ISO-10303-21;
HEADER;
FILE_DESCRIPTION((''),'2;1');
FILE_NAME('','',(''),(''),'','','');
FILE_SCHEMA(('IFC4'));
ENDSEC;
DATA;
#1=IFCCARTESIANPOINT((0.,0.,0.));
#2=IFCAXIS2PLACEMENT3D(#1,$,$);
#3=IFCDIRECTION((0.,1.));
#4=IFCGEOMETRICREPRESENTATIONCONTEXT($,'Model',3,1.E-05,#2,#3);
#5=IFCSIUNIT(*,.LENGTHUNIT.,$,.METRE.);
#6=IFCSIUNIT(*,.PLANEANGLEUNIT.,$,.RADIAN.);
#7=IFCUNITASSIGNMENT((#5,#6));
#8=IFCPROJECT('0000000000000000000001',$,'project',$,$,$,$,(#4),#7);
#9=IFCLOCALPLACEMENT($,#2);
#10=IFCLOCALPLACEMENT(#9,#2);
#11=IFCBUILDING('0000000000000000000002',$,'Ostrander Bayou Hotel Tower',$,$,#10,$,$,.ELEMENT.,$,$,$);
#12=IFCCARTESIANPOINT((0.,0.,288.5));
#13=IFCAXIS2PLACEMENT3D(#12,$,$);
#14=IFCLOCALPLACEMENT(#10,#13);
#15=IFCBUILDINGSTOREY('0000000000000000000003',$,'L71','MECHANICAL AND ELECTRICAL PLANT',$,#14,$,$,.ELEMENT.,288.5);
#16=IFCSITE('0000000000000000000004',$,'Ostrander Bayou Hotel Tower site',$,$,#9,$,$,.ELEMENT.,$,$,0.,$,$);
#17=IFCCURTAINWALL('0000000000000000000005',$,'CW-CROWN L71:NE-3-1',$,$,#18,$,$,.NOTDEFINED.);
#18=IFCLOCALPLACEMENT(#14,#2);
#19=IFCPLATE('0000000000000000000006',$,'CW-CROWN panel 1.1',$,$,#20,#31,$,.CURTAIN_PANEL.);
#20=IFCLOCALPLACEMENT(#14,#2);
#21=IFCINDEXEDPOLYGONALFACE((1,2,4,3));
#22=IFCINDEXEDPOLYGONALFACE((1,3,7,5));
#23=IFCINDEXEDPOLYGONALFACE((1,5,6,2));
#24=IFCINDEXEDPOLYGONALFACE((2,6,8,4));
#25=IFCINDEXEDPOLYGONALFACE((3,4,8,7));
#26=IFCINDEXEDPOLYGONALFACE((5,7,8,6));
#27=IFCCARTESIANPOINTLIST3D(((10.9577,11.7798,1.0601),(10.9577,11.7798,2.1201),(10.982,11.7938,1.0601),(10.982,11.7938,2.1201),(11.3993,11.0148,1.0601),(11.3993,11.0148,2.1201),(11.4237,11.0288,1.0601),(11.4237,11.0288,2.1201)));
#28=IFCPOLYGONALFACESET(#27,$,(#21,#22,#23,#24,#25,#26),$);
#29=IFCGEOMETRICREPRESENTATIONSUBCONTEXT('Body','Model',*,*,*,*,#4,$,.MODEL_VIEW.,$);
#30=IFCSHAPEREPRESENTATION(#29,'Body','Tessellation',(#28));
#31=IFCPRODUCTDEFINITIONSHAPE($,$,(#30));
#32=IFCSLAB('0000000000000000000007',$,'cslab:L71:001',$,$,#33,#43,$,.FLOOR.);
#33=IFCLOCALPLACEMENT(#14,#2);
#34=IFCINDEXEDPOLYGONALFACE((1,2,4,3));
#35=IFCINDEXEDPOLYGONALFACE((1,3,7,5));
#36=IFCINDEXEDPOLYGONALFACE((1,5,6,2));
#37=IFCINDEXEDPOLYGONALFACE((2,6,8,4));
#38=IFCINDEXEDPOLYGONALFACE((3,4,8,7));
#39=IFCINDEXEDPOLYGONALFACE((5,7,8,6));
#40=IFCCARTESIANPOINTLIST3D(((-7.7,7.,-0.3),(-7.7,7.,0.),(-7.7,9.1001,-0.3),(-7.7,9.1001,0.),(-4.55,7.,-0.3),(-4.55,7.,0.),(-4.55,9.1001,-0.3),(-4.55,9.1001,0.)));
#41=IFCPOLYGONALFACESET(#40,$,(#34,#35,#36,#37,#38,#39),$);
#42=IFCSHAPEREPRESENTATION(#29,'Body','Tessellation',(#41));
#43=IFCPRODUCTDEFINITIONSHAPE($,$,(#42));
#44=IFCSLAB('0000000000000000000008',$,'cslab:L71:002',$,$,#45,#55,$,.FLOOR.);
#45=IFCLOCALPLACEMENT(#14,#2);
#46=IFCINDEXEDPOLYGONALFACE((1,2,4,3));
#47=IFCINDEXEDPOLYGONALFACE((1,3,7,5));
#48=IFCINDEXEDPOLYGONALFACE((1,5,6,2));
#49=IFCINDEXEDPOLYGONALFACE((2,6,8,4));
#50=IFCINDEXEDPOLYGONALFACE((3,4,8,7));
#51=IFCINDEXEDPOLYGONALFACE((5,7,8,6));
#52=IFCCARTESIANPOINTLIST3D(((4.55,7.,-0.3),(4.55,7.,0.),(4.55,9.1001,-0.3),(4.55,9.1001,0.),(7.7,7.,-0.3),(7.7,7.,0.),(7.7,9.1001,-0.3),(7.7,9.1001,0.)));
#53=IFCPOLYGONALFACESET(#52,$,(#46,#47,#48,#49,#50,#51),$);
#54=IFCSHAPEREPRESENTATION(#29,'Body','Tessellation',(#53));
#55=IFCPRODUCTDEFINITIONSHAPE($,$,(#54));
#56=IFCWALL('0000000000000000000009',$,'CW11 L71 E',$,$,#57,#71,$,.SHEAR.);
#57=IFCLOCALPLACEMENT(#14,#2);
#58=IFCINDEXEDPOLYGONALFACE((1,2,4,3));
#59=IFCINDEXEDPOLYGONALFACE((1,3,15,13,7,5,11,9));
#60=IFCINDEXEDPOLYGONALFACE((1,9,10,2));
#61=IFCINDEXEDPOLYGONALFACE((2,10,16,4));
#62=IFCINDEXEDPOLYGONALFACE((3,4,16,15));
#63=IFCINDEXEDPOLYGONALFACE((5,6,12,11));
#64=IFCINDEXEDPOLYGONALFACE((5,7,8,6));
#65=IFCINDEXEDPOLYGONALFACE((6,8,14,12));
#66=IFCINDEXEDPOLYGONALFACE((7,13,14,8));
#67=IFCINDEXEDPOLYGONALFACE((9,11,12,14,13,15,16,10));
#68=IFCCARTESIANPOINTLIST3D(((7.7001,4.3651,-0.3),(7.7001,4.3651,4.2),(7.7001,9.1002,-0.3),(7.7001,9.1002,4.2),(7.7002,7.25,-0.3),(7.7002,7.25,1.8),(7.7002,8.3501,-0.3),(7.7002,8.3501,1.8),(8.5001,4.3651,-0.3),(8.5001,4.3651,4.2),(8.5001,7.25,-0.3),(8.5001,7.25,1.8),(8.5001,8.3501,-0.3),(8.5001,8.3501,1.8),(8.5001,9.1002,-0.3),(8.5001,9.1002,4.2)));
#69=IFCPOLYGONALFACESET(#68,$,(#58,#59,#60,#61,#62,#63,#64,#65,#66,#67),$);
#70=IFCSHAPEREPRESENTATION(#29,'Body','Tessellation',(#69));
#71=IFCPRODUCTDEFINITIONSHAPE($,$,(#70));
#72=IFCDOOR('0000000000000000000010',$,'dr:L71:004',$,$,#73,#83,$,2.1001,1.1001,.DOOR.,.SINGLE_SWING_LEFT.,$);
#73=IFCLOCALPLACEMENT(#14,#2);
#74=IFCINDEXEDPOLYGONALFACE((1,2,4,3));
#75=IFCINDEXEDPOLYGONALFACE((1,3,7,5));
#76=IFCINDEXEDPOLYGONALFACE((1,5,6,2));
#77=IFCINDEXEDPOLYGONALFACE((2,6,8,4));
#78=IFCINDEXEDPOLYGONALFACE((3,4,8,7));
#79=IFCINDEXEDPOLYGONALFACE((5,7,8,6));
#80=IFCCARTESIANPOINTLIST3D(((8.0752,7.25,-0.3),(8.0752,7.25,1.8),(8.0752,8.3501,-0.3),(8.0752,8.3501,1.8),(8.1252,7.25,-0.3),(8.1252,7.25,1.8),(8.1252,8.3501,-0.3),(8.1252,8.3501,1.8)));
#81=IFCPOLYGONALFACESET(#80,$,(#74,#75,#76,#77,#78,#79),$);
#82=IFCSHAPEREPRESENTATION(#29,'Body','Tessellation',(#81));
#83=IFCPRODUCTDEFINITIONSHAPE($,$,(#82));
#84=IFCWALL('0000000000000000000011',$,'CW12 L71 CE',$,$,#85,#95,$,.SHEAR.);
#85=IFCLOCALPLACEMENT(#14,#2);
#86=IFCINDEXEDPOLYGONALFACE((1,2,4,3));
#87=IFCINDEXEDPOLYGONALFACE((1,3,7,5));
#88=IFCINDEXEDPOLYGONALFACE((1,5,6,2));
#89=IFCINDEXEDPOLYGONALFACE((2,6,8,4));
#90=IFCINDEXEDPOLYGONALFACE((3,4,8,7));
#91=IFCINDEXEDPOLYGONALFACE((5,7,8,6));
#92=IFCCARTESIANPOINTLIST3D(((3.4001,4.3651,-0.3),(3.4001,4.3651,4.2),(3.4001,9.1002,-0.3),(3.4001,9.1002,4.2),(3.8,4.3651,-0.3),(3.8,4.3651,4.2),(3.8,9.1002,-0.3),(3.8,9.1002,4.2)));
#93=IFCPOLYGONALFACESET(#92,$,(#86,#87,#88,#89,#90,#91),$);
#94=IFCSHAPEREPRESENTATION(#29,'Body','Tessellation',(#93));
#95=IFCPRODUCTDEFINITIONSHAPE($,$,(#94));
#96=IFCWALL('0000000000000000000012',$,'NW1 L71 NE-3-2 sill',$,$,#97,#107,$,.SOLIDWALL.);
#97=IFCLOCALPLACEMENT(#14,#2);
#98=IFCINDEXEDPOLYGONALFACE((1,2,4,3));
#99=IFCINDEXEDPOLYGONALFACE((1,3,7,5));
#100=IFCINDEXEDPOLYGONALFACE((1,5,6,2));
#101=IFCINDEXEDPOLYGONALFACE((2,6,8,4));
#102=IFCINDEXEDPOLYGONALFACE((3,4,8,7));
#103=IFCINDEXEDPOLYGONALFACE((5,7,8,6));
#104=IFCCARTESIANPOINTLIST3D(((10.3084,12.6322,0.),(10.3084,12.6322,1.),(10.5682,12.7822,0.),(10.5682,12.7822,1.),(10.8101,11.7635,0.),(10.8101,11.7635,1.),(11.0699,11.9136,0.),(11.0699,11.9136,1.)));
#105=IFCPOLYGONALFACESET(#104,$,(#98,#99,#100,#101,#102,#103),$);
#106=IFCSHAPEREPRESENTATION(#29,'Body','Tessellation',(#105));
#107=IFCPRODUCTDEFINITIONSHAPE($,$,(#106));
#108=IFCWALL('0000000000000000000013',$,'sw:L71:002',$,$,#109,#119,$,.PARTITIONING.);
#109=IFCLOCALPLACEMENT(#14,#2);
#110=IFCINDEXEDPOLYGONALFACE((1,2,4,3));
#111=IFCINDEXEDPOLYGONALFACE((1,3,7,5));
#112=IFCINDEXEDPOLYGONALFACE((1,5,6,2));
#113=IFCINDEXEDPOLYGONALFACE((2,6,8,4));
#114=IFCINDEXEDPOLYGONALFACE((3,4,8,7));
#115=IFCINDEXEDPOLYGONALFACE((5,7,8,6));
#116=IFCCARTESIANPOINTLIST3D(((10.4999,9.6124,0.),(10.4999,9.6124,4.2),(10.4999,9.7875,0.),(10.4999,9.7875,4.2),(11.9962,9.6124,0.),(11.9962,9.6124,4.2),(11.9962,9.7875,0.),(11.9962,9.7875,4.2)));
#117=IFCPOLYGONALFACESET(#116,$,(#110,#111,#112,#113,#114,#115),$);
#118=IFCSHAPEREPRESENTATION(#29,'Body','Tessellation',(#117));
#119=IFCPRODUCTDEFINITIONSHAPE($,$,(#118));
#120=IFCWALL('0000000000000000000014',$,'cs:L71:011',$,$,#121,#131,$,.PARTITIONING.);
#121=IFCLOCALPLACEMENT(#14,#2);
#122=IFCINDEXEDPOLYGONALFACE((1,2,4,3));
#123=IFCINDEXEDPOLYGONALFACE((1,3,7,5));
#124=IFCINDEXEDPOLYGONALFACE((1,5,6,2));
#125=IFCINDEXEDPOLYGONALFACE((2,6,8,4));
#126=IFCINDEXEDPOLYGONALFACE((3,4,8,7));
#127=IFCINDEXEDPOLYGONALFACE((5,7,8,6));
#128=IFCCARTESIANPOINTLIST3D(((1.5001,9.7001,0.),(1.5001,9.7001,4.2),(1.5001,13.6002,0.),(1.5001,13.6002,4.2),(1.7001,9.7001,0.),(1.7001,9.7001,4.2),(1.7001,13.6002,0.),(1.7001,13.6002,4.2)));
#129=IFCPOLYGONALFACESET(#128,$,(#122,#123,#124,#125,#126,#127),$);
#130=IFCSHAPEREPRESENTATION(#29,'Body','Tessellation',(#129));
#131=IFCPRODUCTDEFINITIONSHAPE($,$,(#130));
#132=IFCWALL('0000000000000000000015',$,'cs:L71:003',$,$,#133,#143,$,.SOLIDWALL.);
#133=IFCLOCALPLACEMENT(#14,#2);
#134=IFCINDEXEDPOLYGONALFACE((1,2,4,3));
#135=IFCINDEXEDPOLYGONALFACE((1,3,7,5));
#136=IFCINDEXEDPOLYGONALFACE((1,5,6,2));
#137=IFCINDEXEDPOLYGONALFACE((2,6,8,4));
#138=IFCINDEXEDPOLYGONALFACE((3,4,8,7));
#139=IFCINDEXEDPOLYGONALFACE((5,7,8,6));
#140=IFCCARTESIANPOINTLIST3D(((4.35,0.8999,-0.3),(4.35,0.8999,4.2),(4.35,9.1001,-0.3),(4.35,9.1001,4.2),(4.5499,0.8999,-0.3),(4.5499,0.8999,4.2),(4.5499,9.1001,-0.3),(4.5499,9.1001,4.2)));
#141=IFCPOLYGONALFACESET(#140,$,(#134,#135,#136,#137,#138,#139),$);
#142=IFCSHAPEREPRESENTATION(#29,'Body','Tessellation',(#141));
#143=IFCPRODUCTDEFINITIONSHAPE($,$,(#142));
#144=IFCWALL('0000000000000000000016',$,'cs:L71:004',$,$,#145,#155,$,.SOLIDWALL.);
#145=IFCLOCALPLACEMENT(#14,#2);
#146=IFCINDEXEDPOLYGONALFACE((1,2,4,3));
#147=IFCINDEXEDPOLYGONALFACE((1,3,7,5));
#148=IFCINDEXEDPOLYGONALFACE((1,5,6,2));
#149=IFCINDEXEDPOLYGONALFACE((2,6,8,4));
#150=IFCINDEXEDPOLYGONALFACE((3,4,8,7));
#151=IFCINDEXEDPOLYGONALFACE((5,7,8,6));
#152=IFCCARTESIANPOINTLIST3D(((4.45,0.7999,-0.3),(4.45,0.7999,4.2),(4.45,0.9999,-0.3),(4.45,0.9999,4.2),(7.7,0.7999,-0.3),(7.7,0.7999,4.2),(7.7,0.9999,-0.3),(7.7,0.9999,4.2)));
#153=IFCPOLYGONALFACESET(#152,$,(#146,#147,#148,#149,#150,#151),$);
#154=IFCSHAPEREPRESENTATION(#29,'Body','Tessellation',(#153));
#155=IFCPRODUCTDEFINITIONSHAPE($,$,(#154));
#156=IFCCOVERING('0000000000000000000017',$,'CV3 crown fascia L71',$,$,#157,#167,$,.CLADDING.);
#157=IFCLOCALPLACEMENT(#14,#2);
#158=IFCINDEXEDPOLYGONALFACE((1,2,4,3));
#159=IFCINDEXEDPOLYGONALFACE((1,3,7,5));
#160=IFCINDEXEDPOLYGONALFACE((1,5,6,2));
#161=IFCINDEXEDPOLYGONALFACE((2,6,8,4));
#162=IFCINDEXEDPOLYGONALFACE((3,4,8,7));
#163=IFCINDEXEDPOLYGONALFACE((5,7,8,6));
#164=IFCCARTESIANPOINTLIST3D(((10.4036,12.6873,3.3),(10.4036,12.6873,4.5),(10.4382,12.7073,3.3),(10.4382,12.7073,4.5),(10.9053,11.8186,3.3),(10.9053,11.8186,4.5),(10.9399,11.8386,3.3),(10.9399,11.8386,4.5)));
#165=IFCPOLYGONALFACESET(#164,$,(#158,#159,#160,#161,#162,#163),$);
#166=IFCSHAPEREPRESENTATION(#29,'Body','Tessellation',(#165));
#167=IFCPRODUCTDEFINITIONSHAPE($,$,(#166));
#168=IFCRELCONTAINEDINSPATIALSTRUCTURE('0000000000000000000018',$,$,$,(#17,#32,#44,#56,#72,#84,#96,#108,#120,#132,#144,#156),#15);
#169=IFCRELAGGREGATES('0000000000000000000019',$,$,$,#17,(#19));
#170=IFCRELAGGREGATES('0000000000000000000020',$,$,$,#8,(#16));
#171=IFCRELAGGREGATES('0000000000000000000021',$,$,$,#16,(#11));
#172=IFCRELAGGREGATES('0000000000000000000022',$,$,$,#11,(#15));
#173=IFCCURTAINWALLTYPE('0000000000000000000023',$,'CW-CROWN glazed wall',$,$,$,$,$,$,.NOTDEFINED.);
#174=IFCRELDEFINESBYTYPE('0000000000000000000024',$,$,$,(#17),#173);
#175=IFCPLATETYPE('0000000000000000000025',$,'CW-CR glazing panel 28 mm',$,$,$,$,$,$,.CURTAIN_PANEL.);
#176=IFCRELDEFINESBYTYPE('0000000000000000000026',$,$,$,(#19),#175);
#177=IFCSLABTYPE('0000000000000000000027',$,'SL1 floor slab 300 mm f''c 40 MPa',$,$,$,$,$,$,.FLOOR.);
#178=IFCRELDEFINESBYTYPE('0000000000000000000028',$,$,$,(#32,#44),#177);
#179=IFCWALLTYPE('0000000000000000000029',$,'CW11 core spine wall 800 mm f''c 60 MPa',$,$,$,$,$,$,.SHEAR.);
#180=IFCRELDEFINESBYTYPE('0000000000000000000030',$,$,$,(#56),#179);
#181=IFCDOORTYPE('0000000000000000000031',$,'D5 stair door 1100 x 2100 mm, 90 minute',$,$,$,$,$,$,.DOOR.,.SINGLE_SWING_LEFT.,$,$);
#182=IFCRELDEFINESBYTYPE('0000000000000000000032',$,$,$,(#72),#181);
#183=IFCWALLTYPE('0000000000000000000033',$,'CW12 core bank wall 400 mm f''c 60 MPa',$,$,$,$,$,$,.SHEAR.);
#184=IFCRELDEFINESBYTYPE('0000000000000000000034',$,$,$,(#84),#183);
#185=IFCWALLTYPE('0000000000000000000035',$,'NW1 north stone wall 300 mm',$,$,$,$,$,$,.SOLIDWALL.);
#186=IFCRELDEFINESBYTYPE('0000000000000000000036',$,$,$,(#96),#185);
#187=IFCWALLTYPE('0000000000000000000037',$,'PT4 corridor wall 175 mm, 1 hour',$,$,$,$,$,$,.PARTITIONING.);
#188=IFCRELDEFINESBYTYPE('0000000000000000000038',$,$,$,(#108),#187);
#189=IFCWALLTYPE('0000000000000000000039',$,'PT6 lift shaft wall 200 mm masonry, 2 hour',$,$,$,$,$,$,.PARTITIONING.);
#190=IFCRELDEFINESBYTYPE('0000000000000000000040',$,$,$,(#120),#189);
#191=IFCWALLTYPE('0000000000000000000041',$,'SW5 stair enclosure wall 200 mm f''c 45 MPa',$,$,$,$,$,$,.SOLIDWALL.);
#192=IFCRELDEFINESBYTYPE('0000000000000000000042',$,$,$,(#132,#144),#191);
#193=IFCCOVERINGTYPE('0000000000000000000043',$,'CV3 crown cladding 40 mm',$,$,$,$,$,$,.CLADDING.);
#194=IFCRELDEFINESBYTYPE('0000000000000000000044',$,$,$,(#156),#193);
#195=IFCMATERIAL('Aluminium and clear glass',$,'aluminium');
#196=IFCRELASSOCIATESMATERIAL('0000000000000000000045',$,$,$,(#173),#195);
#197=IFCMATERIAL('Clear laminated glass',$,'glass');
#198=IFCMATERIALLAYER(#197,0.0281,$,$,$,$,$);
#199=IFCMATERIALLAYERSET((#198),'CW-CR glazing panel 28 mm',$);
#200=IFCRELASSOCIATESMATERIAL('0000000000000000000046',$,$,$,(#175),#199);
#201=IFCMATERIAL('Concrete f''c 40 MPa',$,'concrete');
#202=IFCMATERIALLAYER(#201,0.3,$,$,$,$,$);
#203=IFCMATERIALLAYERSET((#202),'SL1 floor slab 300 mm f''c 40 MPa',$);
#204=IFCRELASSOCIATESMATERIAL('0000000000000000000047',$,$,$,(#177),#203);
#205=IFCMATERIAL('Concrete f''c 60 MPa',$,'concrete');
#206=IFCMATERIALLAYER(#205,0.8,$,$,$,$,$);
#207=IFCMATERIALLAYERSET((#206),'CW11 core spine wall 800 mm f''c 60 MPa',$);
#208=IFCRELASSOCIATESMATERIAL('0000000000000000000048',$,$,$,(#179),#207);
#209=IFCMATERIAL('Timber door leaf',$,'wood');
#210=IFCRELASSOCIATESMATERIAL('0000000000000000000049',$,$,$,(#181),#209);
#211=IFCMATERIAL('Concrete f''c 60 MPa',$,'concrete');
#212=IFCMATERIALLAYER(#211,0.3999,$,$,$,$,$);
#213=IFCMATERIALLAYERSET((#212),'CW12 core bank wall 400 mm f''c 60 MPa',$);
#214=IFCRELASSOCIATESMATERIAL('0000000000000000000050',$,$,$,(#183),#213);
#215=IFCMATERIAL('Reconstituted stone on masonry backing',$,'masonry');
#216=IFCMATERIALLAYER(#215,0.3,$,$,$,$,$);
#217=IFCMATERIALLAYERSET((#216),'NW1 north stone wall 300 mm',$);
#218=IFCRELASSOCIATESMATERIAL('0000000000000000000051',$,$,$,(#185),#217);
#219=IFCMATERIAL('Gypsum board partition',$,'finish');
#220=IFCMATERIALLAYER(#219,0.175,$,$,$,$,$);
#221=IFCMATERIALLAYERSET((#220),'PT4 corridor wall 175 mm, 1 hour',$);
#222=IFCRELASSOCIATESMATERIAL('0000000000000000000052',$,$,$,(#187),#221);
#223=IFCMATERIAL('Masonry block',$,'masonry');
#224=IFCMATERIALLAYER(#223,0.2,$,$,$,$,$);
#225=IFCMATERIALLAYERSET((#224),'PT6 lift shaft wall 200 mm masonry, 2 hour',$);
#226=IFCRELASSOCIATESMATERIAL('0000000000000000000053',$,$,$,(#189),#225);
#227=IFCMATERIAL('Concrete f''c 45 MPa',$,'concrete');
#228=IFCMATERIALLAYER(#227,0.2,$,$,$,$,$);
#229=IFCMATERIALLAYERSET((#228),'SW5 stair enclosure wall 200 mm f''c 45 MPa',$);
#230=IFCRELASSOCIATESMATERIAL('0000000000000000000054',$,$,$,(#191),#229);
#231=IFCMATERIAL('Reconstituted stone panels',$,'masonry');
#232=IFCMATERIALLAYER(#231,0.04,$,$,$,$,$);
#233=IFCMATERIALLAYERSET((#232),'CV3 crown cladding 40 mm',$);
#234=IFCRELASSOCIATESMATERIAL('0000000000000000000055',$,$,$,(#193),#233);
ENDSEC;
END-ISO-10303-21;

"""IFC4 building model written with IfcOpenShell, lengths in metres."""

from ifc_helpers import new_model, si_unit, direction, frame, frame_2d, origin, origin_2d, place, context, subcontext, project, spatial, polyline, rectangle, outline, extrude, material, layer, layer_set, type_object, element, fill, aggregate, save


model = new_model("IFC4")

# Units and contexts
model_context = context("Model", 3, precision=1e-05, world=origin(), true_north=direction((0.0, 1.0)))
body_context = subcontext(model_context, "Body", "Model", "MODEL_VIEW")
ifc_project = project(units=[si_unit("LENGTHUNIT", "METRE"), si_unit("PLANEANGLEUNIT", "RADIAN")], contexts=[model_context])

# Site, building, storey
site_placement = place(None, origin())
site = spatial("IfcSite", under=ifc_project, at=site_placement, Name="Ostrander Bayou Hotel Tower site", CompositionType="ELEMENT", RefElevation=0.0)
building_placement = place(site_placement, origin())
building = spatial("IfcBuilding", under=site, at=building_placement, Name="Ostrander Bayou Hotel Tower", CompositionType="ELEMENT")
storey_placement = place(building_placement, frame((0.0, 0.0, 288.5)))
storey = spatial("IfcBuildingStorey", under=building, at=storey_placement, Name="L71", Description="MECHANICAL AND ELECTRICAL PLANT", CompositionType="ELEMENT", Elevation=288.5)

# Curtain wall
ifc_material_1 = material(Name="Aluminium and clear glass", Category="aluminium")
curtain_wall_type = type_object("IfcCurtainWallType", Name="CW-CROWN glazed wall", PredefinedType="NOTDEFINED", material=ifc_material_1)
curtain_wall_1_placement = place(storey_placement, origin())
curtain_wall_1 = element("IfcCurtainWall", 1, at=curtain_wall_1_placement, inside=storey, type_object=curtain_wall_type, Name="CW-CROWN L71:NE-3-1", PredefinedType="NOTDEFINED")

# Plate
ifc_material_2 = material(Name="Clear laminated glass", Category="glass")
ifc_layer_1 = layer(ifc_material_2, 0.0281)
ifc_layer_set_1 = layer_set([ifc_layer_1], Name="CW-CR glazing panel 28 mm")
plate_type = type_object("IfcPlateType", Name="CW-CR glazing panel 28 mm", PredefinedType="CURTAIN_PANEL", material=ifc_layer_set_1)
plate_placement = place(storey_placement, frame((11.1907, 11.4043, 1.0601), z_axis=(0.0, 0.0, 1.0), x_axis=(-0.499999, 0.866026, 0.0)))
plate = element("IfcPlate", 2, at=plate_placement, type_object=plate_type, Name="CW-CROWN panel 1.1", PredefinedType="CURTAIN_PANEL", context=body_context, shape_type="SweptSolid", body=[
    extrude(rectangle(XDim=0.8833, YDim=0.0281, at=origin_2d()), origin(), (0.0, 0.0, 1.0), 1.0601),
])
aggregate(curtain_wall_1, [plate])

# Slabs
ifc_material_3 = material(Name="Concrete f'c 40 MPa", Category="concrete")
ifc_layer_2 = layer(ifc_material_3, 0.3)
ifc_layer_set_2 = layer_set([ifc_layer_2], Name="SL1 floor slab 300 mm f'c 40 MPa")
slab_type = type_object("IfcSlabType", Name="SL1 floor slab 300 mm f'c 40 MPa", PredefinedType="FLOOR", material=ifc_layer_set_2)
slab_1_placement = place(storey_placement, frame((0.0, 0.0, -0.3)))
element("IfcSlab", 3, at=slab_1_placement, inside=storey, type_object=slab_type, Name="cslab:L71:001", PredefinedType="FLOOR", context=body_context, shape_type="SweptSolid", body=[
    extrude(outline(polyline([(-7.7, 7.0), (-7.7, 9.1001), (-4.55, 9.1001), (-4.55, 7.0), (-7.7, 7.0)])), origin(), (0.0, 0.0, 1.0), 0.3),
])
slab_2_placement = place(storey_placement, frame((0.0, 0.0, -0.3)))
element("IfcSlab", 4, at=slab_2_placement, inside=storey, type_object=slab_type, Name="cslab:L71:002", PredefinedType="FLOOR", context=body_context, shape_type="SweptSolid", body=[
    extrude(outline(polyline([(4.55, 7.0), (4.55, 9.1001), (7.7, 9.1001), (7.7, 7.0), (4.55, 7.0)])), origin(), (0.0, 0.0, 1.0), 0.3),
])

# Wall, opening, door
ifc_material_4 = material(Name="Concrete f'c 60 MPa", Category="concrete")
ifc_layer_3 = layer(ifc_material_4, 0.8)
ifc_layer_set_3 = layer_set([ifc_layer_3], Name="CW11 core spine wall 800 mm f'c 60 MPa")
wall_type_1 = type_object("IfcWallType", Name="CW11 core spine wall 800 mm f'c 60 MPa", PredefinedType="SHEAR", material=ifc_layer_set_3)
wall_1_placement = place(storey_placement, frame((8.1001, 4.365, -0.3), z_axis=(0.0, 0.0, 1.0), x_axis=(0.0, 1.0, 0.0)))
wall_1 = element("IfcWall", 5, at=wall_1_placement, inside=storey, type_object=wall_type_1, Name="CW11 L71 E", PredefinedType="SHEAR", context=body_context, shape_type="SweptSolid", body=[
    extrude(rectangle(XDim=4.7351, YDim=0.8, at=frame_2d((2.3677, 0.0))), origin(), (0.0, 0.0, 1.0), 4.5),
])
opening_1_placement = place(wall_1_placement, frame((2.885, 0.0, 0.0)))
opening_1 = element("IfcOpeningElement", 6, at=opening_1_placement, cuts=wall_1, PredefinedType="OPENING", context=body_context, shape_type="SweptSolid", body=[
    extrude(rectangle(XDim=1.1001, YDim=2.1001, at=frame_2d((0.55, 1.05))), frame((0.0, 0.3999, 0.0), z_axis=(0.0, -1.0, 0.0), x_axis=(1.0, 0.0, 0.0)), (0.0, 0.0, 1.0), 0.8),
])
ifc_material_5 = material(Name="Timber door leaf", Category="wood")
door_type_1 = type_object("IfcDoorType", Name="D5 stair door 1100 x 2100 mm, 90 minute", OperationType="SINGLE_SWING_LEFT", PredefinedType="DOOR", material=ifc_material_5)
door_1_placement = place(opening_1_placement, origin())
door_1 = element("IfcDoor", 7, at=door_1_placement, inside=storey, type_object=door_type_1, Name="dr:L71:004", OperationType="SINGLE_SWING_LEFT", OverallHeight=2.1001, OverallWidth=1.1001, PredefinedType="DOOR", context=body_context, shape_type="SweptSolid", body=[
    extrude(rectangle(XDim=1.1001, YDim=2.1001, at=frame_2d((0.55, 1.05))), frame((0.0, 0.0249, 0.0), z_axis=(0.0, -1.0, 0.0), x_axis=(1.0, 0.0, 0.0)), (0.0, 0.0, 1.0), 0.05),
])
fill(opening_1, door_1)

# Walls
ifc_material_6 = material(Name="Concrete f'c 60 MPa", Category="concrete")
ifc_layer_4 = layer(ifc_material_6, 0.3999)
ifc_layer_set_4 = layer_set([ifc_layer_4], Name="CW12 core bank wall 400 mm f'c 60 MPa")
wall_type_2 = type_object("IfcWallType", Name="CW12 core bank wall 400 mm f'c 60 MPa", PredefinedType="SHEAR", material=ifc_layer_set_4)
wall_2_placement = place(storey_placement, frame((3.6001, 4.365, -0.3), z_axis=(0.0, 0.0, 1.0), x_axis=(0.0, 1.0, 0.0)))
element("IfcWall", 8, at=wall_2_placement, inside=storey, type_object=wall_type_2, Name="CW12 L71 CE", PredefinedType="SHEAR", context=body_context, shape_type="SweptSolid", body=[
    extrude(rectangle(XDim=4.7351, YDim=0.3999, at=frame_2d((2.3677, 0.0))), origin(), (0.0, 0.0, 1.0), 4.5),
])
ifc_material_7 = material(Name="Reconstituted stone on masonry backing", Category="masonry")
ifc_layer_5 = layer(ifc_material_7, 0.3)
ifc_layer_set_5 = layer_set([ifc_layer_5], Name="NW1 north stone wall 300 mm")
wall_type_3 = type_object("IfcWallType", Name="NW1 north stone wall 300 mm", PredefinedType="SOLIDWALL", material=ifc_layer_set_5)
wall_3_placement = place(storey_placement, frame((10.9399, 11.8386, 0.0), z_axis=(0.0, 0.0, 1.0), x_axis=(-0.500144, 0.865942, 0.0)))
element("IfcWall", 9, at=wall_3_placement, inside=storey, type_object=wall_type_3, Name="NW1 L71 NE-3-2 sill", PredefinedType="SOLIDWALL", context=body_context, shape_type="SweptSolid", body=[
    extrude(rectangle(XDim=1.0032, YDim=0.3, at=frame_2d((0.5015, 0.0))), origin(), (0.0, 0.0, 1.0), 1.0),
])
ifc_material_8 = material(Name="Gypsum board partition", Category="finish")
ifc_layer_6 = layer(ifc_material_8, 0.175)
ifc_layer_set_6 = layer_set([ifc_layer_6], Name="PT4 corridor wall 175 mm, 1 hour")
wall_type_4 = type_object("IfcWallType", Name="PT4 corridor wall 175 mm, 1 hour", PredefinedType="PARTITIONING", material=ifc_layer_set_6)
wall_4_placement = place(storey_placement, frame((10.5, 9.7, 0.0), z_axis=(0.0, 0.0, 1.0), x_axis=(1.0, 0.0, 0.0)))
element("IfcWall", 10, at=wall_4_placement, inside=storey, type_object=wall_type_4, Name="sw:L71:002", PredefinedType="PARTITIONING", context=body_context, shape_type="SweptSolid", body=[
    extrude(rectangle(XDim=1.4963, YDim=0.175, at=frame_2d((0.748, 0.0))), origin(), (0.0, 0.0, 1.0), 4.2),
])

# Walls
ifc_material_9 = material(Name="Masonry block", Category="masonry")
ifc_layer_7 = layer(ifc_material_9, 0.2)
ifc_layer_set_7 = layer_set([ifc_layer_7], Name="PT6 lift shaft wall 200 mm masonry, 2 hour")
wall_type_5 = type_object("IfcWallType", Name="PT6 lift shaft wall 200 mm masonry, 2 hour", PredefinedType="PARTITIONING", material=ifc_layer_set_7)
wall_5_placement = place(storey_placement, frame((1.6001, 9.7, 0.0), z_axis=(0.0, 0.0, 1.0), x_axis=(0.0, 1.0, 0.0)))
element("IfcWall", 11, at=wall_5_placement, inside=storey, type_object=wall_type_5, Name="cs:L71:011", PredefinedType="PARTITIONING", context=body_context, shape_type="SweptSolid", body=[
    extrude(rectangle(XDim=3.9001, YDim=0.2, at=frame_2d((1.9502, 0.0))), origin(), (0.0, 0.0, 1.0), 4.2),
])
ifc_material_10 = material(Name="Concrete f'c 45 MPa", Category="concrete")
ifc_layer_8 = layer(ifc_material_10, 0.2)
ifc_layer_set_8 = layer_set([ifc_layer_8], Name="SW5 stair enclosure wall 200 mm f'c 45 MPa")
wall_type_6 = type_object("IfcWallType", Name="SW5 stair enclosure wall 200 mm f'c 45 MPa", PredefinedType="SOLIDWALL", material=ifc_layer_set_8)
wall_6_placement = place(storey_placement, frame((4.45, 0.8999, -0.3), z_axis=(0.0, 0.0, 1.0), x_axis=(0.0, 1.0, 0.0)))
element("IfcWall", 12, at=wall_6_placement, inside=storey, type_object=wall_type_6, Name="cs:L71:003", PredefinedType="SOLIDWALL", context=body_context, shape_type="SweptSolid", body=[
    extrude(rectangle(XDim=8.2002, YDim=0.2, at=frame_2d((4.1001, 0.0))), origin(), (0.0, 0.0, 1.0), 4.5),
])
wall_7_placement = place(storey_placement, frame((4.45, 0.8999, -0.3), z_axis=(0.0, 0.0, 1.0), x_axis=(1.0, 0.0, 0.0)))
element("IfcWall", 13, at=wall_7_placement, inside=storey, type_object=wall_type_6, Name="cs:L71:004", PredefinedType="SOLIDWALL", context=body_context, shape_type="SweptSolid", body=[
    extrude(rectangle(XDim=3.25, YDim=0.2, at=frame_2d((1.625, 0.0))), origin(), (0.0, 0.0, 1.0), 4.5),
])

# Covering
ifc_material_11 = material(Name="Reconstituted stone panels", Category="masonry")
ifc_layer_9 = layer(ifc_material_11, 0.04)
ifc_layer_set_9 = layer_set([ifc_layer_9], Name="CV3 crown cladding 40 mm")
covering_type = type_object("IfcCoveringType", Name="CV3 crown cladding 40 mm", PredefinedType="CLADDING", material=ifc_layer_set_9)
covering_placement = place(storey_placement, frame((10.9399, 11.8386, 3.3), z_axis=(0.865942, 0.500144, 0.0), x_axis=(-0.500144, 0.865942, 0.0)))
element("IfcCovering", 14, at=covering_placement, inside=storey, type_object=covering_type, Name="CV3 crown fascia L71", PredefinedType="CLADDING", context=body_context, shape_type="SweptSolid", body=[
    extrude(outline(polyline([(0.0, 0.0), (1.0031, 0.0), (1.0031, 1.2), (0.0, 1.2), (0.0, 0.0)])), origin(), (0.0, 0.0, -1.0), 0.04),
])

save(model, "model.ifc")
